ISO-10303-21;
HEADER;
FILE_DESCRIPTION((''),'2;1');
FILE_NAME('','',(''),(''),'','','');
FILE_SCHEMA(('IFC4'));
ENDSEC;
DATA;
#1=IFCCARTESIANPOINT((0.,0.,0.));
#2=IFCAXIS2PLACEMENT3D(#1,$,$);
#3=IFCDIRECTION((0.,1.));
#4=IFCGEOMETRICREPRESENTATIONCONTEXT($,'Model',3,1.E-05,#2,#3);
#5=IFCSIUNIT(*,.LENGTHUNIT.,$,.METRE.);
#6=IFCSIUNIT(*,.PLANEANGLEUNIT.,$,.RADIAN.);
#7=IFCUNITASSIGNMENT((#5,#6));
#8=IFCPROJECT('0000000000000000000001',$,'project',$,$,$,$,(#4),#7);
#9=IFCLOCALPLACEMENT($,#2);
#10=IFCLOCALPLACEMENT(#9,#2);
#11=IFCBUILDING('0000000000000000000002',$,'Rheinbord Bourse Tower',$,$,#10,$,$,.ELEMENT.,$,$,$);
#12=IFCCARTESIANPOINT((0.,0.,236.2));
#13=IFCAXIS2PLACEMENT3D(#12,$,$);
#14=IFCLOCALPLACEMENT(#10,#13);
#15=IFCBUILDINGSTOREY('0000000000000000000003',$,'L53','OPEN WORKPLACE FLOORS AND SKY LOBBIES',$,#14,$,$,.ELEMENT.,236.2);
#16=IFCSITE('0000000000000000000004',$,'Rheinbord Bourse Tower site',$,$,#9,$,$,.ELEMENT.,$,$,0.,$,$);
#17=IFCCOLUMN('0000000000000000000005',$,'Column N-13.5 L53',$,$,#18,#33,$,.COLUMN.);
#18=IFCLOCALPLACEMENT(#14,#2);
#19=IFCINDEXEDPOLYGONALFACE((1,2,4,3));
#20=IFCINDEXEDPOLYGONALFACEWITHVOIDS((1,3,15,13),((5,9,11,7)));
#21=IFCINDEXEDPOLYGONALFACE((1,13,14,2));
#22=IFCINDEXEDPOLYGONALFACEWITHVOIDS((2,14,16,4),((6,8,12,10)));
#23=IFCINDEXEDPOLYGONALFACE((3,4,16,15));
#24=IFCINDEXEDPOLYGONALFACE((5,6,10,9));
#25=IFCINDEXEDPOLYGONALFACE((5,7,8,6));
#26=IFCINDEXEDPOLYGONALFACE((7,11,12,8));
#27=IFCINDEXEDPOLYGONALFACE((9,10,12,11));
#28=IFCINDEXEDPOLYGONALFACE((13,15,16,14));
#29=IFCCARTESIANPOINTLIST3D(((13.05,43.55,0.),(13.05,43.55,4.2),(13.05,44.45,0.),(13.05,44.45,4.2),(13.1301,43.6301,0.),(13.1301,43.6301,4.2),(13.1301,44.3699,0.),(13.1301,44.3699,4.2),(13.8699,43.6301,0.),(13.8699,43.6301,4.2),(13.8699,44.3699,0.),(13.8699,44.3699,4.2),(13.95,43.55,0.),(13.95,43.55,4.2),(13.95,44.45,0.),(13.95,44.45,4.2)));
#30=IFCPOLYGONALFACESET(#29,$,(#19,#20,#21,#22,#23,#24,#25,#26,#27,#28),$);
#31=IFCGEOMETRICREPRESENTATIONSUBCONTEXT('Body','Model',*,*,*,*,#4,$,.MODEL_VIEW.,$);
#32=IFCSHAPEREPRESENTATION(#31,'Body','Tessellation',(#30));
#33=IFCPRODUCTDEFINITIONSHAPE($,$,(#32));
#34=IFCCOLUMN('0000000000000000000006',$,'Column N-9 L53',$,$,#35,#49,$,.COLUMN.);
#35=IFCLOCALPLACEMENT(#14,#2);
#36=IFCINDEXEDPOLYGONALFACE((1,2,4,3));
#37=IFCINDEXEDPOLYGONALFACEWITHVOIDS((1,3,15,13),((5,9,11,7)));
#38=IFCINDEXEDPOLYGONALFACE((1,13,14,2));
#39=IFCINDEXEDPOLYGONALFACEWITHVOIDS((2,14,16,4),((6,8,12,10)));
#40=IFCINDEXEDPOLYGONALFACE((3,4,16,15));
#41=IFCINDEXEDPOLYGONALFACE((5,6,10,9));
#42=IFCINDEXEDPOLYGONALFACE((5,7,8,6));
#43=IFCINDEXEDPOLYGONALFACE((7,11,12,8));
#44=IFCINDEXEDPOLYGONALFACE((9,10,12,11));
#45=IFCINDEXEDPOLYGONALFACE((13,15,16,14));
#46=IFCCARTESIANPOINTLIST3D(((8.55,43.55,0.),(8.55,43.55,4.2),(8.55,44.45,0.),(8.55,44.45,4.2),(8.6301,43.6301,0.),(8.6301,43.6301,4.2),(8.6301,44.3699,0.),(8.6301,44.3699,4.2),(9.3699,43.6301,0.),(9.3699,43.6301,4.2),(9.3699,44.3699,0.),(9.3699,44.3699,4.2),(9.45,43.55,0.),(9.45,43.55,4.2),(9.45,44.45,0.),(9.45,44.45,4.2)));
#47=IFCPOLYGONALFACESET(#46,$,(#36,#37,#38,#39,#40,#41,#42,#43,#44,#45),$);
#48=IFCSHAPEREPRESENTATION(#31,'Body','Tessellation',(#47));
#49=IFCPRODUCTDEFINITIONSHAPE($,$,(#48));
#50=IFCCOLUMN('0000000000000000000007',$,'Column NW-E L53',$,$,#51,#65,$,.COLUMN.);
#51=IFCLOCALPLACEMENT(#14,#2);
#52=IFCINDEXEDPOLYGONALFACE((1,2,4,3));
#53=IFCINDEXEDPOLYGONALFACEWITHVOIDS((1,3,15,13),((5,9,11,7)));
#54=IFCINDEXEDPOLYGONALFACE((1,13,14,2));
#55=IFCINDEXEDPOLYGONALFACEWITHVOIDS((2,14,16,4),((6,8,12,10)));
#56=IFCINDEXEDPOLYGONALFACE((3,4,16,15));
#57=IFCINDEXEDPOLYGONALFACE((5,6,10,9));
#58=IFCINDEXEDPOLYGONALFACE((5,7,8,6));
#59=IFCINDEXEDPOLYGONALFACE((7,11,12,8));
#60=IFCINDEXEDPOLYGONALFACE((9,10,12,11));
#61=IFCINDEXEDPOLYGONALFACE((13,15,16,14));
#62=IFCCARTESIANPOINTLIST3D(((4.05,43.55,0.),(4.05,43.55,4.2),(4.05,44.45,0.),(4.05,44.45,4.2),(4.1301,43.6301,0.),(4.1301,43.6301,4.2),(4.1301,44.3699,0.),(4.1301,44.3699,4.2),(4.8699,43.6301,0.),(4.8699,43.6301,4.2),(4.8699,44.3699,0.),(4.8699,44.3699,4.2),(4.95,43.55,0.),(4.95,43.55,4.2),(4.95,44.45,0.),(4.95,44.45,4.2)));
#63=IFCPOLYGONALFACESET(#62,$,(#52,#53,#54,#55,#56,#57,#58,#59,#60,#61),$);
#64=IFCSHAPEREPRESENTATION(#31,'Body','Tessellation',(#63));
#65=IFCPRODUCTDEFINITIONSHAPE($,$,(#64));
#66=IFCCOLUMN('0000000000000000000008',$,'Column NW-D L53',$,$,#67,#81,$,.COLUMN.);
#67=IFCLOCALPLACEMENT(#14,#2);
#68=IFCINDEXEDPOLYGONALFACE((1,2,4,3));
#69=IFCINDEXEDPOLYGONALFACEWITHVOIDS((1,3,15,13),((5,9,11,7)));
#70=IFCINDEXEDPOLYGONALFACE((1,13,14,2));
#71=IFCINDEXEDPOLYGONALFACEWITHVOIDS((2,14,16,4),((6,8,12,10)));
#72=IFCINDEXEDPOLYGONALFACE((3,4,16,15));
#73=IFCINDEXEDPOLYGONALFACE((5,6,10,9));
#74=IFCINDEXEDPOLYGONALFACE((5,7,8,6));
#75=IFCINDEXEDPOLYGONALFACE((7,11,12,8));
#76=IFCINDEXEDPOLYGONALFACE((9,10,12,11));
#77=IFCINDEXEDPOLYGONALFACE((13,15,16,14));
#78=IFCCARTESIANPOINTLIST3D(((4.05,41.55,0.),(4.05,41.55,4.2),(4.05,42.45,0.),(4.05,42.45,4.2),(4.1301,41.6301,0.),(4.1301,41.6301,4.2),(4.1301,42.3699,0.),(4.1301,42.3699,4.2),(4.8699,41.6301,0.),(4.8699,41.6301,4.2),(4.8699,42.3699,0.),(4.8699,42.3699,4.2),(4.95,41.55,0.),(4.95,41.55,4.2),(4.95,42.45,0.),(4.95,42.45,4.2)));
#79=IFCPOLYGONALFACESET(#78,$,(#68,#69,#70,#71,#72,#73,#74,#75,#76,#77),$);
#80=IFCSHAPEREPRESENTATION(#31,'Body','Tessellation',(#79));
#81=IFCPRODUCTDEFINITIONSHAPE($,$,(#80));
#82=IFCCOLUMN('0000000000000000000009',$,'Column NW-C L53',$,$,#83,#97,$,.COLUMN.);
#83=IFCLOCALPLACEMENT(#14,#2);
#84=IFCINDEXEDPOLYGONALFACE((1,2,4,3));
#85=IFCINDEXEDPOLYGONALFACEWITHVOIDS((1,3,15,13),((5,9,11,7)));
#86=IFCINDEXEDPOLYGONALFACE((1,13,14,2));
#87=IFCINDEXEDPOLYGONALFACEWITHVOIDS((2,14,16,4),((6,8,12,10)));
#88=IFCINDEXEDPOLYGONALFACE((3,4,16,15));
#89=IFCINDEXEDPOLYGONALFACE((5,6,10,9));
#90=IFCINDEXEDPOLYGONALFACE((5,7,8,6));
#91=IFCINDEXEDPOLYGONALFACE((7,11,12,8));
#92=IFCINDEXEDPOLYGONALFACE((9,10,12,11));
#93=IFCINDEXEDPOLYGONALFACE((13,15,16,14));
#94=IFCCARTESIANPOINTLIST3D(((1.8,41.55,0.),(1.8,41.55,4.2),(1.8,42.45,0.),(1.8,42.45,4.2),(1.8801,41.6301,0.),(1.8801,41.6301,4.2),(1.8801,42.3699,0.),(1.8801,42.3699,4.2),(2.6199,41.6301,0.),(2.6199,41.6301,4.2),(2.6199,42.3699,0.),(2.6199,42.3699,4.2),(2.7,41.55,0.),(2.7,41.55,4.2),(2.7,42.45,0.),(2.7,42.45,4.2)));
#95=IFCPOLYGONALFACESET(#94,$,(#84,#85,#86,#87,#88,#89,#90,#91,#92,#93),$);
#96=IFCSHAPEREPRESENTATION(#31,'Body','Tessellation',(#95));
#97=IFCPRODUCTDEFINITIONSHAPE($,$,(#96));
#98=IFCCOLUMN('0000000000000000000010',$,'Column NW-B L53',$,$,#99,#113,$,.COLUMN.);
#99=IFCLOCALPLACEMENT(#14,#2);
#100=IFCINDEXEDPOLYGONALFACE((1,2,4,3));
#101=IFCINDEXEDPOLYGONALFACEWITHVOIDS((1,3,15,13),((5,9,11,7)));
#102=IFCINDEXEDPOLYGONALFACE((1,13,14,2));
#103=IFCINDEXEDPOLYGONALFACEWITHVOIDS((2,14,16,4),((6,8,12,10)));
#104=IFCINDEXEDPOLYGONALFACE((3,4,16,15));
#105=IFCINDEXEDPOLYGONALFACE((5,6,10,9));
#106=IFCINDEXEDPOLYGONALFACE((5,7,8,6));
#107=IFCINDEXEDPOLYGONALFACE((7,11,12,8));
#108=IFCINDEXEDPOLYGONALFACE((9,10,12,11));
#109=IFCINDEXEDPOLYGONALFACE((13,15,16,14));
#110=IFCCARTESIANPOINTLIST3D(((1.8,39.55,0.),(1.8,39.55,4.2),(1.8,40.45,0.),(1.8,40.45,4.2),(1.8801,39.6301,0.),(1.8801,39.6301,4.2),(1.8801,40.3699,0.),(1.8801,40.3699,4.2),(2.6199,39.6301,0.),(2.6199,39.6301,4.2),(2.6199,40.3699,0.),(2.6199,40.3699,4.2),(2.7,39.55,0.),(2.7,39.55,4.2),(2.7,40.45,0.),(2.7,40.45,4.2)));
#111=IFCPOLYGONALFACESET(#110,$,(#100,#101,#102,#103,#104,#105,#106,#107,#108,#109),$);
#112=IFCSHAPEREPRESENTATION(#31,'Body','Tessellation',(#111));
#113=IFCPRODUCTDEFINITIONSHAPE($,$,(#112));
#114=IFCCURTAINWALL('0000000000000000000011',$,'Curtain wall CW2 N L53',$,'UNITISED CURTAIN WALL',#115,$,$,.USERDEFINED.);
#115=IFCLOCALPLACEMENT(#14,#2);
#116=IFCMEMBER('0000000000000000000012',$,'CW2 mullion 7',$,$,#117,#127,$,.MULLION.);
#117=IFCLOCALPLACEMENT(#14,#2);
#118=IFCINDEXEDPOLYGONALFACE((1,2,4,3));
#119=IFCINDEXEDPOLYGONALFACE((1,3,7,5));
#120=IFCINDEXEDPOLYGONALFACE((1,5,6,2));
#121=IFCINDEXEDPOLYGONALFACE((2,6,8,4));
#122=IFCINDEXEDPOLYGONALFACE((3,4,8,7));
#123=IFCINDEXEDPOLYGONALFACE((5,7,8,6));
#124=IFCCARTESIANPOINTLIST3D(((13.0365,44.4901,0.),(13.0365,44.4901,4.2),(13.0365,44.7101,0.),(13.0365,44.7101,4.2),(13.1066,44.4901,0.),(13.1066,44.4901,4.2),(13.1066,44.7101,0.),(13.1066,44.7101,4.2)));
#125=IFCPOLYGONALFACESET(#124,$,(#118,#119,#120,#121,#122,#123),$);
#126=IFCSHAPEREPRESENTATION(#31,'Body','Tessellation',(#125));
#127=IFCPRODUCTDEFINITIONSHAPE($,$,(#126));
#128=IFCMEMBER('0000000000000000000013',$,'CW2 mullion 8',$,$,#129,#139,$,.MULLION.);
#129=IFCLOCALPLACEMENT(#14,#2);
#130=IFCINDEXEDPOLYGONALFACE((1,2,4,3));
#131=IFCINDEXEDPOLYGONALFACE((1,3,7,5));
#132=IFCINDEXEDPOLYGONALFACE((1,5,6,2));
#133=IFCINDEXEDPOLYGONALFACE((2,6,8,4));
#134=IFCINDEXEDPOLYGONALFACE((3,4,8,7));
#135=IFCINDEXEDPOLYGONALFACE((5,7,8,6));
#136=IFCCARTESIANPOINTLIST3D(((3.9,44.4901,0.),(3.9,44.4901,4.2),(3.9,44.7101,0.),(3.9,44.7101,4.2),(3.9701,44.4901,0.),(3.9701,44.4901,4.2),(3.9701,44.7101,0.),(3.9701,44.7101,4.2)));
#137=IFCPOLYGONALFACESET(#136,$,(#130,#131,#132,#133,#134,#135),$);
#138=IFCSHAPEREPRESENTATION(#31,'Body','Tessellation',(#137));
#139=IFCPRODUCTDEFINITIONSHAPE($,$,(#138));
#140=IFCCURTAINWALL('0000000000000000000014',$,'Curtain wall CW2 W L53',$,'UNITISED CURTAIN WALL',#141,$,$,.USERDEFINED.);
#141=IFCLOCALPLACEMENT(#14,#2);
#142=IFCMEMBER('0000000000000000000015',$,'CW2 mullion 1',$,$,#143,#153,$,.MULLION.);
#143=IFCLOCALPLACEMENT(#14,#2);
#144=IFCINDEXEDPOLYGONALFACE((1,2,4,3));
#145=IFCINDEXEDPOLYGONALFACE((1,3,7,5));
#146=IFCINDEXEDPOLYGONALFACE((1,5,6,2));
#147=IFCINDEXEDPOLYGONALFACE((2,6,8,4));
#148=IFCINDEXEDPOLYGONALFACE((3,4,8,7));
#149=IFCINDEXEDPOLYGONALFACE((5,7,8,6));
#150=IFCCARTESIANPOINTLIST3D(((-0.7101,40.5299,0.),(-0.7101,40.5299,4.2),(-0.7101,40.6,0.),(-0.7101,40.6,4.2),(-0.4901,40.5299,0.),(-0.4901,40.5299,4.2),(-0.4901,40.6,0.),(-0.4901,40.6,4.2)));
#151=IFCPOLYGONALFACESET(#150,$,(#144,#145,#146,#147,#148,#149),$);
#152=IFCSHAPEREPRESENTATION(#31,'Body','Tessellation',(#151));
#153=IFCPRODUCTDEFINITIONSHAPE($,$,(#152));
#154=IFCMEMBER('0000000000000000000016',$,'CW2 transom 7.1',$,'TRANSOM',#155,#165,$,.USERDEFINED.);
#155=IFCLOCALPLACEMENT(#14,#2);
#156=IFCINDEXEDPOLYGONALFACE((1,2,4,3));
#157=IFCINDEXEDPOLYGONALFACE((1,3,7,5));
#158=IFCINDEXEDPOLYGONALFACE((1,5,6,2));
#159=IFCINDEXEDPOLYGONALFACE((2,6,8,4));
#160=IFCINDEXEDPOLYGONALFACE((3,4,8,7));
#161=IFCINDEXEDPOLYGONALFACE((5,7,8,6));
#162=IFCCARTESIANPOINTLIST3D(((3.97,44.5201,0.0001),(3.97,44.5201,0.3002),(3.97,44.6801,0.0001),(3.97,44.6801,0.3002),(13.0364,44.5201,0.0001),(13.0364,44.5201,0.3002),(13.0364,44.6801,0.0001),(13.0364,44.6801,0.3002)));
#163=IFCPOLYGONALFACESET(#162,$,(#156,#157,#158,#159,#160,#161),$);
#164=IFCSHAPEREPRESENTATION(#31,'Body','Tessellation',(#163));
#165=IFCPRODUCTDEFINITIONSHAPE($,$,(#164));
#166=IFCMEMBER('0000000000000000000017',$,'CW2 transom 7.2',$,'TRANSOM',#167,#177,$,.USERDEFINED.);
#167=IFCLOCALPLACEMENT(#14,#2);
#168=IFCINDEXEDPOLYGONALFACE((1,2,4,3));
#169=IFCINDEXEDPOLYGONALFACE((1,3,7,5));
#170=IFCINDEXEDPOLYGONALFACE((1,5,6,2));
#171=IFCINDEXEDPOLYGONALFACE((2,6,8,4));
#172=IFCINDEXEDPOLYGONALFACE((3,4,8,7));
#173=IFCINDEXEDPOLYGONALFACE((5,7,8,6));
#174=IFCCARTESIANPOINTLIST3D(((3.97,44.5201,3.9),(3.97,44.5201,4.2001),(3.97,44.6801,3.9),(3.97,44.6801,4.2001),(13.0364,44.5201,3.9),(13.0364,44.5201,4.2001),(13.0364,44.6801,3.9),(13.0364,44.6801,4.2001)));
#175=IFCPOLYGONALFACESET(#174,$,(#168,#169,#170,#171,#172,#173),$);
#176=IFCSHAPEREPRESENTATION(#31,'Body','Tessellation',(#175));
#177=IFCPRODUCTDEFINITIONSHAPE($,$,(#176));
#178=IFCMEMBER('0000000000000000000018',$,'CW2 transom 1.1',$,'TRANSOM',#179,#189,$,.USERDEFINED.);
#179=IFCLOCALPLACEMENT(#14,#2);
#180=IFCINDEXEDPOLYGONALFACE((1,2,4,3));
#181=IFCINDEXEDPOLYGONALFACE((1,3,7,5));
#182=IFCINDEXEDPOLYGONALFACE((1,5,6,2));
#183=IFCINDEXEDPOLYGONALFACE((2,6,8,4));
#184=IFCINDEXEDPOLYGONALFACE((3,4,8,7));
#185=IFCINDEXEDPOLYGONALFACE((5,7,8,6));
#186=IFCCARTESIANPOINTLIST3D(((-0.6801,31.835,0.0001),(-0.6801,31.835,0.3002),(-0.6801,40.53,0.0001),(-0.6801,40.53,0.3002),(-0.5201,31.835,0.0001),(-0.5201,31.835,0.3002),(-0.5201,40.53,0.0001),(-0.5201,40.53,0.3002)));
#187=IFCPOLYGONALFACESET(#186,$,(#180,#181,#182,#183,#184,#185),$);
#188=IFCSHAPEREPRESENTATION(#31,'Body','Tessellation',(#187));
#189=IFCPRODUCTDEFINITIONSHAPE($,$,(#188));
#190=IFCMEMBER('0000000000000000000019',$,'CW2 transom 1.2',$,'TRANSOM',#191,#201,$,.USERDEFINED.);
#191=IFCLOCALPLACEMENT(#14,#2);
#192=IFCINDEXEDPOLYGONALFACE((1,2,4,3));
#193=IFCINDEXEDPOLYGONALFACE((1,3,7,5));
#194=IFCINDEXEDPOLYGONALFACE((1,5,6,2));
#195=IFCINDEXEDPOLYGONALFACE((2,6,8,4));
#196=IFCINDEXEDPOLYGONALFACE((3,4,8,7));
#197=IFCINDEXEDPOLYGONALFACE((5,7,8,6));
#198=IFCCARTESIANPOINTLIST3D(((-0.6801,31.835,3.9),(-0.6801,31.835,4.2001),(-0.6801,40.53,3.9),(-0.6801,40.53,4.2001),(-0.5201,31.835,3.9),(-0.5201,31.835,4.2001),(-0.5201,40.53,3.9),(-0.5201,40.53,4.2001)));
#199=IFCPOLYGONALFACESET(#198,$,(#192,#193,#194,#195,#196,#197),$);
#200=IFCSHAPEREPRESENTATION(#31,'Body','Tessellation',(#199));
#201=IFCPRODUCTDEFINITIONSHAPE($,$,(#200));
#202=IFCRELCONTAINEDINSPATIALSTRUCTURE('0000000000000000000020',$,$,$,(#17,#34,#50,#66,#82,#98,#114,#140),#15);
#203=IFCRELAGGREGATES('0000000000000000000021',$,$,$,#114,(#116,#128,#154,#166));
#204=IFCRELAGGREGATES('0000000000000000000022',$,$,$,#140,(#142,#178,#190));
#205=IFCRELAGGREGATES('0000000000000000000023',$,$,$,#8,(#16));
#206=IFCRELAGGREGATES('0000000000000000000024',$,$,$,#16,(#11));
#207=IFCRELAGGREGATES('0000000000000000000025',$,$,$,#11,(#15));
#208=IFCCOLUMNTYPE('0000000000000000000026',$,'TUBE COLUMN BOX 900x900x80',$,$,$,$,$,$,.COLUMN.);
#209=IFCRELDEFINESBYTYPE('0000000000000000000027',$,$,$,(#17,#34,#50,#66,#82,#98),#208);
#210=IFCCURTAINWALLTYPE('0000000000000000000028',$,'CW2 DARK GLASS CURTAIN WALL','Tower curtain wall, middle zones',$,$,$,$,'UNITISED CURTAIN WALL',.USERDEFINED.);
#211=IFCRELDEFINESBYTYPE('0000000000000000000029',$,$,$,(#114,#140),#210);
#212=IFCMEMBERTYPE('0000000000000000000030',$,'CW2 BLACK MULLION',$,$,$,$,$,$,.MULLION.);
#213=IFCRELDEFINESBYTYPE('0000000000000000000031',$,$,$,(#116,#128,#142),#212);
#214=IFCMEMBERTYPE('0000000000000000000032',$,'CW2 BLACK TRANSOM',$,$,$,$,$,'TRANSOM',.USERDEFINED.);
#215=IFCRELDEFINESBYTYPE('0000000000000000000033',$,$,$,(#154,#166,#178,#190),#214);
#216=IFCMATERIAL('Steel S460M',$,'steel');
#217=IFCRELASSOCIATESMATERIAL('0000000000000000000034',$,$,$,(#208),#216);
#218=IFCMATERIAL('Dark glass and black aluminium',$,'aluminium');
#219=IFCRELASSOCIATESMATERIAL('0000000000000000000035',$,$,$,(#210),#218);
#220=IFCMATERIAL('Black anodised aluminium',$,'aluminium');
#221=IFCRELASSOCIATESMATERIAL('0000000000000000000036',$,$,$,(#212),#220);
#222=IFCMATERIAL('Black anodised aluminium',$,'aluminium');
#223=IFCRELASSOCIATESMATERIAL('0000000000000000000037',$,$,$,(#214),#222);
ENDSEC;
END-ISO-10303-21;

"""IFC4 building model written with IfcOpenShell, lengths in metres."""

from ifc_helpers import new_model, si_unit, direction, frame, origin, origin_2d, place, context, subcontext, project, spatial, rectangle, hollow_rectangle, extrude, material, material_profile, profile_set, type_object, element, aggregate, save


model = new_model("IFC4")

# Units and contexts
model_context = context("Model", 3, precision=1e-05, world=origin(), true_north=direction((0.0, 1.0)))
body_context = subcontext(model_context, "Body", "Model", "MODEL_VIEW")
ifc_project = project(units=[si_unit("LENGTHUNIT", "METRE"), si_unit("PLANEANGLEUNIT", "RADIAN")], contexts=[model_context])

# Site, building, storey
site_placement = place(None, origin())
site = spatial("IfcSite", under=ifc_project, at=site_placement, Name="Rheinbord Bourse Tower site", CompositionType="ELEMENT", RefElevation=0.0)
building_placement = place(site_placement, origin())
building = spatial("IfcBuilding", under=site, at=building_placement, Name="Rheinbord Bourse Tower", CompositionType="ELEMENT")
storey_placement = place(building_placement, frame((0.0, 0.0, 236.2)))
storey = spatial("IfcBuildingStorey", under=building, at=storey_placement, Name="L53", Description="OPEN WORKPLACE FLOORS AND SKY LOBBIES", CompositionType="ELEMENT", Elevation=236.2)

# Columns
ifc_material_1 = material(Name="Steel S460M", Category="steel")
ifc_material_profile_1 = material_profile(ifc_material_1, hollow_rectangle(XDim=0.8999, YDim=0.8999, WallThickness=0.0801, at=origin_2d()), Name="BOX 900x900x80")
ifc_profile_set_1 = profile_set([ifc_material_profile_1], Name="Steel S460M")
column_type = type_object("IfcColumnType", Name="TUBE COLUMN BOX 900x900x80", PredefinedType="COLUMN", material=ifc_profile_set_1)
for number, where, z_axis, x_axis, name in (
    (1, (13.5, 44.0, 0.0), (0.0, 0.0, 1.0), (0.0, 1.0, 0.0), "Column N-13.5 L53"),
    (2, (9.0, 44.0, 0.0), (0.0, 0.0, 1.0), (0.0, 1.0, 0.0), "Column N-9 L53"),
    (3, (4.5, 44.0, 0.0), (0.0, 0.0, 1.0), (0.0, 1.0, 0.0), "Column NW-E L53"),
    (4, (4.5, 42.0, 0.0), (0.0, 0.0, 1.0), (0.0, 1.0, 0.0), "Column NW-D L53"),
    (5, (2.25, 42.0, 0.0), (0.0, 0.0, 1.0), (1.0, 0.0, 0.0), "Column NW-C L53"),
    (6, (2.25, 40.0, 0.0), (0.0, 0.0, 1.0), (1.0, 0.0, 0.0), "Column NW-B L53"),
):
    element("IfcColumn", number, at=place(storey_placement, frame(where, z_axis=z_axis, x_axis=x_axis)), inside=storey, type_object=column_type, Name=name, PredefinedType="COLUMN", context=body_context, shape_type="SweptSolid", body=[
        extrude(hollow_rectangle(XDim=0.8999, YDim=0.8999, WallThickness=0.0801, at=origin_2d()), origin(), (0.0, 0.0, 1.0), 4.2),
    ])

# Curtain wall, members
ifc_material_2 = material(Name="Dark glass and black aluminium", Category="aluminium")
curtain_wall_type = type_object("IfcCurtainWallType", Name="CW2 DARK GLASS CURTAIN WALL", Description="Tower curtain wall, middle zones", ElementType="UNITISED CURTAIN WALL", PredefinedType="USERDEFINED", material=ifc_material_2)
curtain_wall_1_placement = place(storey_placement, origin())
curtain_wall_1 = element("IfcCurtainWall", 7, at=curtain_wall_1_placement, inside=storey, type_object=curtain_wall_type, Name="Curtain wall CW2 N L53", ObjectType="UNITISED CURTAIN WALL", PredefinedType="USERDEFINED")
ifc_material_3 = material(Name="Black anodised aluminium", Category="aluminium")
ifc_material_profile_2 = material_profile(ifc_material_3, rectangle(XDim=0.22, YDim=0.0701, at=origin_2d()), Name="CW2 MULLION 70x220")
ifc_profile_set_2 = profile_set([ifc_material_profile_2], Name="Black anodised aluminium")
member_type_1 = type_object("IfcMemberType", Name="CW2 BLACK MULLION", PredefinedType="MULLION", material=ifc_profile_set_2)
member_1_placement = place(storey_placement, frame((13.0715, 44.6001, 0.0), z_axis=(0.0, 0.0, 1.0), x_axis=(0.0, -1.0, 0.0)))
member_1 = element("IfcMember", 8, at=member_1_placement, type_object=member_type_1, Name="CW2 mullion 7", PredefinedType="MULLION", context=body_context, shape_type="SweptSolid", body=[
    extrude(rectangle(XDim=0.22, YDim=0.0701, at=origin_2d()), origin(), (0.0, 0.0, 1.0), 4.2),
])
member_2_placement = place(storey_placement, frame((3.9351, 44.6001, 0.0), z_axis=(0.0, 0.0, 1.0), x_axis=(0.0, -1.0, 0.0)))
member_2 = element("IfcMember", 9, at=member_2_placement, type_object=member_type_1, Name="CW2 mullion 8", PredefinedType="MULLION", context=body_context, shape_type="SweptSolid", body=[
    extrude(rectangle(XDim=0.22, YDim=0.0701, at=origin_2d()), origin(), (0.0, 0.0, 1.0), 4.2),
])

# Curtain wall, member
curtain_wall_2_placement = place(storey_placement, origin())
curtain_wall_2 = element("IfcCurtainWall", 10, at=curtain_wall_2_placement, inside=storey, type_object=curtain_wall_type, Name="Curtain wall CW2 W L53", ObjectType="UNITISED CURTAIN WALL", PredefinedType="USERDEFINED")
member_3_placement = place(storey_placement, frame((-0.6001, 40.5649, 0.0), z_axis=(0.0, 0.0, 1.0), x_axis=(1.0, 0.0, 0.0)))
member_3 = element("IfcMember", 11, at=member_3_placement, type_object=member_type_1, Name="CW2 mullion 1", PredefinedType="MULLION", context=body_context, shape_type="SweptSolid", body=[
    extrude(rectangle(XDim=0.22, YDim=0.0701, at=origin_2d()), origin(), (0.0, 0.0, 1.0), 4.2),
])

# Members
ifc_material_4 = material(Name="Black anodised aluminium", Category="aluminium")
ifc_material_profile_3 = material_profile(ifc_material_4, rectangle(XDim=0.1599, YDim=0.3, at=origin_2d()), Name="CW2 TRANSOM 300x160")
ifc_profile_set_3 = profile_set([ifc_material_profile_3], Name="Black anodised aluminium")
member_type_2 = type_object("IfcMemberType", Name="CW2 BLACK TRANSOM", ElementType="TRANSOM", PredefinedType="USERDEFINED", material=ifc_profile_set_3)
member_4_placement = place(storey_placement, frame((13.0364, 44.6001, 0.1501), z_axis=(-1.0, 0.0, 0.0), x_axis=(0.0, -1.0, 0.0)))
member_4 = element("IfcMember", 12, at=member_4_placement, type_object=member_type_2, Name="CW2 transom 7.1", ObjectType="TRANSOM", PredefinedType="USERDEFINED", context=body_context, shape_type="SweptSolid", body=[
    extrude(rectangle(XDim=0.1599, YDim=0.3, at=origin_2d()), origin(), (0.0, 0.0, 1.0), 9.0664),
])
member_5_placement = place(storey_placement, frame((13.0364, 44.6001, 4.05), z_axis=(-1.0, 0.0, 0.0), x_axis=(0.0, -1.0, 0.0)))
member_5 = element("IfcMember", 13, at=member_5_placement, type_object=member_type_2, Name="CW2 transom 7.2", ObjectType="TRANSOM", PredefinedType="USERDEFINED", context=body_context, shape_type="SweptSolid", body=[
    extrude(rectangle(XDim=0.1599, YDim=0.3, at=origin_2d()), origin(), (0.0, 0.0, 1.0), 9.0664),
])
member_6_placement = place(storey_placement, frame((-0.6001, 40.53, 0.1501), z_axis=(0.0, -1.0, 0.0), x_axis=(1.0, 0.0, 0.0)))
member_6 = element("IfcMember", 14, at=member_6_placement, type_object=member_type_2, Name="CW2 transom 1.1", ObjectType="TRANSOM", PredefinedType="USERDEFINED", context=body_context, shape_type="SweptSolid", body=[
    extrude(rectangle(XDim=0.1599, YDim=0.3, at=origin_2d()), origin(), (0.0, 0.0, 1.0), 8.6951),
])
member_7_placement = place(storey_placement, frame((-0.6001, 40.53, 4.05), z_axis=(0.0, -1.0, 0.0), x_axis=(1.0, 0.0, 0.0)))
member_7 = element("IfcMember", 15, at=member_7_placement, type_object=member_type_2, Name="CW2 transom 1.2", ObjectType="TRANSOM", PredefinedType="USERDEFINED", context=body_context, shape_type="SweptSolid", body=[
    extrude(rectangle(XDim=0.1599, YDim=0.3, at=origin_2d()), origin(), (0.0, 0.0, 1.0), 8.6951),
])

aggregate(curtain_wall_1, [member_1, member_2, member_4, member_5])
aggregate(curtain_wall_2, [member_3, member_6, member_7])

save(model, "model.ifc")
